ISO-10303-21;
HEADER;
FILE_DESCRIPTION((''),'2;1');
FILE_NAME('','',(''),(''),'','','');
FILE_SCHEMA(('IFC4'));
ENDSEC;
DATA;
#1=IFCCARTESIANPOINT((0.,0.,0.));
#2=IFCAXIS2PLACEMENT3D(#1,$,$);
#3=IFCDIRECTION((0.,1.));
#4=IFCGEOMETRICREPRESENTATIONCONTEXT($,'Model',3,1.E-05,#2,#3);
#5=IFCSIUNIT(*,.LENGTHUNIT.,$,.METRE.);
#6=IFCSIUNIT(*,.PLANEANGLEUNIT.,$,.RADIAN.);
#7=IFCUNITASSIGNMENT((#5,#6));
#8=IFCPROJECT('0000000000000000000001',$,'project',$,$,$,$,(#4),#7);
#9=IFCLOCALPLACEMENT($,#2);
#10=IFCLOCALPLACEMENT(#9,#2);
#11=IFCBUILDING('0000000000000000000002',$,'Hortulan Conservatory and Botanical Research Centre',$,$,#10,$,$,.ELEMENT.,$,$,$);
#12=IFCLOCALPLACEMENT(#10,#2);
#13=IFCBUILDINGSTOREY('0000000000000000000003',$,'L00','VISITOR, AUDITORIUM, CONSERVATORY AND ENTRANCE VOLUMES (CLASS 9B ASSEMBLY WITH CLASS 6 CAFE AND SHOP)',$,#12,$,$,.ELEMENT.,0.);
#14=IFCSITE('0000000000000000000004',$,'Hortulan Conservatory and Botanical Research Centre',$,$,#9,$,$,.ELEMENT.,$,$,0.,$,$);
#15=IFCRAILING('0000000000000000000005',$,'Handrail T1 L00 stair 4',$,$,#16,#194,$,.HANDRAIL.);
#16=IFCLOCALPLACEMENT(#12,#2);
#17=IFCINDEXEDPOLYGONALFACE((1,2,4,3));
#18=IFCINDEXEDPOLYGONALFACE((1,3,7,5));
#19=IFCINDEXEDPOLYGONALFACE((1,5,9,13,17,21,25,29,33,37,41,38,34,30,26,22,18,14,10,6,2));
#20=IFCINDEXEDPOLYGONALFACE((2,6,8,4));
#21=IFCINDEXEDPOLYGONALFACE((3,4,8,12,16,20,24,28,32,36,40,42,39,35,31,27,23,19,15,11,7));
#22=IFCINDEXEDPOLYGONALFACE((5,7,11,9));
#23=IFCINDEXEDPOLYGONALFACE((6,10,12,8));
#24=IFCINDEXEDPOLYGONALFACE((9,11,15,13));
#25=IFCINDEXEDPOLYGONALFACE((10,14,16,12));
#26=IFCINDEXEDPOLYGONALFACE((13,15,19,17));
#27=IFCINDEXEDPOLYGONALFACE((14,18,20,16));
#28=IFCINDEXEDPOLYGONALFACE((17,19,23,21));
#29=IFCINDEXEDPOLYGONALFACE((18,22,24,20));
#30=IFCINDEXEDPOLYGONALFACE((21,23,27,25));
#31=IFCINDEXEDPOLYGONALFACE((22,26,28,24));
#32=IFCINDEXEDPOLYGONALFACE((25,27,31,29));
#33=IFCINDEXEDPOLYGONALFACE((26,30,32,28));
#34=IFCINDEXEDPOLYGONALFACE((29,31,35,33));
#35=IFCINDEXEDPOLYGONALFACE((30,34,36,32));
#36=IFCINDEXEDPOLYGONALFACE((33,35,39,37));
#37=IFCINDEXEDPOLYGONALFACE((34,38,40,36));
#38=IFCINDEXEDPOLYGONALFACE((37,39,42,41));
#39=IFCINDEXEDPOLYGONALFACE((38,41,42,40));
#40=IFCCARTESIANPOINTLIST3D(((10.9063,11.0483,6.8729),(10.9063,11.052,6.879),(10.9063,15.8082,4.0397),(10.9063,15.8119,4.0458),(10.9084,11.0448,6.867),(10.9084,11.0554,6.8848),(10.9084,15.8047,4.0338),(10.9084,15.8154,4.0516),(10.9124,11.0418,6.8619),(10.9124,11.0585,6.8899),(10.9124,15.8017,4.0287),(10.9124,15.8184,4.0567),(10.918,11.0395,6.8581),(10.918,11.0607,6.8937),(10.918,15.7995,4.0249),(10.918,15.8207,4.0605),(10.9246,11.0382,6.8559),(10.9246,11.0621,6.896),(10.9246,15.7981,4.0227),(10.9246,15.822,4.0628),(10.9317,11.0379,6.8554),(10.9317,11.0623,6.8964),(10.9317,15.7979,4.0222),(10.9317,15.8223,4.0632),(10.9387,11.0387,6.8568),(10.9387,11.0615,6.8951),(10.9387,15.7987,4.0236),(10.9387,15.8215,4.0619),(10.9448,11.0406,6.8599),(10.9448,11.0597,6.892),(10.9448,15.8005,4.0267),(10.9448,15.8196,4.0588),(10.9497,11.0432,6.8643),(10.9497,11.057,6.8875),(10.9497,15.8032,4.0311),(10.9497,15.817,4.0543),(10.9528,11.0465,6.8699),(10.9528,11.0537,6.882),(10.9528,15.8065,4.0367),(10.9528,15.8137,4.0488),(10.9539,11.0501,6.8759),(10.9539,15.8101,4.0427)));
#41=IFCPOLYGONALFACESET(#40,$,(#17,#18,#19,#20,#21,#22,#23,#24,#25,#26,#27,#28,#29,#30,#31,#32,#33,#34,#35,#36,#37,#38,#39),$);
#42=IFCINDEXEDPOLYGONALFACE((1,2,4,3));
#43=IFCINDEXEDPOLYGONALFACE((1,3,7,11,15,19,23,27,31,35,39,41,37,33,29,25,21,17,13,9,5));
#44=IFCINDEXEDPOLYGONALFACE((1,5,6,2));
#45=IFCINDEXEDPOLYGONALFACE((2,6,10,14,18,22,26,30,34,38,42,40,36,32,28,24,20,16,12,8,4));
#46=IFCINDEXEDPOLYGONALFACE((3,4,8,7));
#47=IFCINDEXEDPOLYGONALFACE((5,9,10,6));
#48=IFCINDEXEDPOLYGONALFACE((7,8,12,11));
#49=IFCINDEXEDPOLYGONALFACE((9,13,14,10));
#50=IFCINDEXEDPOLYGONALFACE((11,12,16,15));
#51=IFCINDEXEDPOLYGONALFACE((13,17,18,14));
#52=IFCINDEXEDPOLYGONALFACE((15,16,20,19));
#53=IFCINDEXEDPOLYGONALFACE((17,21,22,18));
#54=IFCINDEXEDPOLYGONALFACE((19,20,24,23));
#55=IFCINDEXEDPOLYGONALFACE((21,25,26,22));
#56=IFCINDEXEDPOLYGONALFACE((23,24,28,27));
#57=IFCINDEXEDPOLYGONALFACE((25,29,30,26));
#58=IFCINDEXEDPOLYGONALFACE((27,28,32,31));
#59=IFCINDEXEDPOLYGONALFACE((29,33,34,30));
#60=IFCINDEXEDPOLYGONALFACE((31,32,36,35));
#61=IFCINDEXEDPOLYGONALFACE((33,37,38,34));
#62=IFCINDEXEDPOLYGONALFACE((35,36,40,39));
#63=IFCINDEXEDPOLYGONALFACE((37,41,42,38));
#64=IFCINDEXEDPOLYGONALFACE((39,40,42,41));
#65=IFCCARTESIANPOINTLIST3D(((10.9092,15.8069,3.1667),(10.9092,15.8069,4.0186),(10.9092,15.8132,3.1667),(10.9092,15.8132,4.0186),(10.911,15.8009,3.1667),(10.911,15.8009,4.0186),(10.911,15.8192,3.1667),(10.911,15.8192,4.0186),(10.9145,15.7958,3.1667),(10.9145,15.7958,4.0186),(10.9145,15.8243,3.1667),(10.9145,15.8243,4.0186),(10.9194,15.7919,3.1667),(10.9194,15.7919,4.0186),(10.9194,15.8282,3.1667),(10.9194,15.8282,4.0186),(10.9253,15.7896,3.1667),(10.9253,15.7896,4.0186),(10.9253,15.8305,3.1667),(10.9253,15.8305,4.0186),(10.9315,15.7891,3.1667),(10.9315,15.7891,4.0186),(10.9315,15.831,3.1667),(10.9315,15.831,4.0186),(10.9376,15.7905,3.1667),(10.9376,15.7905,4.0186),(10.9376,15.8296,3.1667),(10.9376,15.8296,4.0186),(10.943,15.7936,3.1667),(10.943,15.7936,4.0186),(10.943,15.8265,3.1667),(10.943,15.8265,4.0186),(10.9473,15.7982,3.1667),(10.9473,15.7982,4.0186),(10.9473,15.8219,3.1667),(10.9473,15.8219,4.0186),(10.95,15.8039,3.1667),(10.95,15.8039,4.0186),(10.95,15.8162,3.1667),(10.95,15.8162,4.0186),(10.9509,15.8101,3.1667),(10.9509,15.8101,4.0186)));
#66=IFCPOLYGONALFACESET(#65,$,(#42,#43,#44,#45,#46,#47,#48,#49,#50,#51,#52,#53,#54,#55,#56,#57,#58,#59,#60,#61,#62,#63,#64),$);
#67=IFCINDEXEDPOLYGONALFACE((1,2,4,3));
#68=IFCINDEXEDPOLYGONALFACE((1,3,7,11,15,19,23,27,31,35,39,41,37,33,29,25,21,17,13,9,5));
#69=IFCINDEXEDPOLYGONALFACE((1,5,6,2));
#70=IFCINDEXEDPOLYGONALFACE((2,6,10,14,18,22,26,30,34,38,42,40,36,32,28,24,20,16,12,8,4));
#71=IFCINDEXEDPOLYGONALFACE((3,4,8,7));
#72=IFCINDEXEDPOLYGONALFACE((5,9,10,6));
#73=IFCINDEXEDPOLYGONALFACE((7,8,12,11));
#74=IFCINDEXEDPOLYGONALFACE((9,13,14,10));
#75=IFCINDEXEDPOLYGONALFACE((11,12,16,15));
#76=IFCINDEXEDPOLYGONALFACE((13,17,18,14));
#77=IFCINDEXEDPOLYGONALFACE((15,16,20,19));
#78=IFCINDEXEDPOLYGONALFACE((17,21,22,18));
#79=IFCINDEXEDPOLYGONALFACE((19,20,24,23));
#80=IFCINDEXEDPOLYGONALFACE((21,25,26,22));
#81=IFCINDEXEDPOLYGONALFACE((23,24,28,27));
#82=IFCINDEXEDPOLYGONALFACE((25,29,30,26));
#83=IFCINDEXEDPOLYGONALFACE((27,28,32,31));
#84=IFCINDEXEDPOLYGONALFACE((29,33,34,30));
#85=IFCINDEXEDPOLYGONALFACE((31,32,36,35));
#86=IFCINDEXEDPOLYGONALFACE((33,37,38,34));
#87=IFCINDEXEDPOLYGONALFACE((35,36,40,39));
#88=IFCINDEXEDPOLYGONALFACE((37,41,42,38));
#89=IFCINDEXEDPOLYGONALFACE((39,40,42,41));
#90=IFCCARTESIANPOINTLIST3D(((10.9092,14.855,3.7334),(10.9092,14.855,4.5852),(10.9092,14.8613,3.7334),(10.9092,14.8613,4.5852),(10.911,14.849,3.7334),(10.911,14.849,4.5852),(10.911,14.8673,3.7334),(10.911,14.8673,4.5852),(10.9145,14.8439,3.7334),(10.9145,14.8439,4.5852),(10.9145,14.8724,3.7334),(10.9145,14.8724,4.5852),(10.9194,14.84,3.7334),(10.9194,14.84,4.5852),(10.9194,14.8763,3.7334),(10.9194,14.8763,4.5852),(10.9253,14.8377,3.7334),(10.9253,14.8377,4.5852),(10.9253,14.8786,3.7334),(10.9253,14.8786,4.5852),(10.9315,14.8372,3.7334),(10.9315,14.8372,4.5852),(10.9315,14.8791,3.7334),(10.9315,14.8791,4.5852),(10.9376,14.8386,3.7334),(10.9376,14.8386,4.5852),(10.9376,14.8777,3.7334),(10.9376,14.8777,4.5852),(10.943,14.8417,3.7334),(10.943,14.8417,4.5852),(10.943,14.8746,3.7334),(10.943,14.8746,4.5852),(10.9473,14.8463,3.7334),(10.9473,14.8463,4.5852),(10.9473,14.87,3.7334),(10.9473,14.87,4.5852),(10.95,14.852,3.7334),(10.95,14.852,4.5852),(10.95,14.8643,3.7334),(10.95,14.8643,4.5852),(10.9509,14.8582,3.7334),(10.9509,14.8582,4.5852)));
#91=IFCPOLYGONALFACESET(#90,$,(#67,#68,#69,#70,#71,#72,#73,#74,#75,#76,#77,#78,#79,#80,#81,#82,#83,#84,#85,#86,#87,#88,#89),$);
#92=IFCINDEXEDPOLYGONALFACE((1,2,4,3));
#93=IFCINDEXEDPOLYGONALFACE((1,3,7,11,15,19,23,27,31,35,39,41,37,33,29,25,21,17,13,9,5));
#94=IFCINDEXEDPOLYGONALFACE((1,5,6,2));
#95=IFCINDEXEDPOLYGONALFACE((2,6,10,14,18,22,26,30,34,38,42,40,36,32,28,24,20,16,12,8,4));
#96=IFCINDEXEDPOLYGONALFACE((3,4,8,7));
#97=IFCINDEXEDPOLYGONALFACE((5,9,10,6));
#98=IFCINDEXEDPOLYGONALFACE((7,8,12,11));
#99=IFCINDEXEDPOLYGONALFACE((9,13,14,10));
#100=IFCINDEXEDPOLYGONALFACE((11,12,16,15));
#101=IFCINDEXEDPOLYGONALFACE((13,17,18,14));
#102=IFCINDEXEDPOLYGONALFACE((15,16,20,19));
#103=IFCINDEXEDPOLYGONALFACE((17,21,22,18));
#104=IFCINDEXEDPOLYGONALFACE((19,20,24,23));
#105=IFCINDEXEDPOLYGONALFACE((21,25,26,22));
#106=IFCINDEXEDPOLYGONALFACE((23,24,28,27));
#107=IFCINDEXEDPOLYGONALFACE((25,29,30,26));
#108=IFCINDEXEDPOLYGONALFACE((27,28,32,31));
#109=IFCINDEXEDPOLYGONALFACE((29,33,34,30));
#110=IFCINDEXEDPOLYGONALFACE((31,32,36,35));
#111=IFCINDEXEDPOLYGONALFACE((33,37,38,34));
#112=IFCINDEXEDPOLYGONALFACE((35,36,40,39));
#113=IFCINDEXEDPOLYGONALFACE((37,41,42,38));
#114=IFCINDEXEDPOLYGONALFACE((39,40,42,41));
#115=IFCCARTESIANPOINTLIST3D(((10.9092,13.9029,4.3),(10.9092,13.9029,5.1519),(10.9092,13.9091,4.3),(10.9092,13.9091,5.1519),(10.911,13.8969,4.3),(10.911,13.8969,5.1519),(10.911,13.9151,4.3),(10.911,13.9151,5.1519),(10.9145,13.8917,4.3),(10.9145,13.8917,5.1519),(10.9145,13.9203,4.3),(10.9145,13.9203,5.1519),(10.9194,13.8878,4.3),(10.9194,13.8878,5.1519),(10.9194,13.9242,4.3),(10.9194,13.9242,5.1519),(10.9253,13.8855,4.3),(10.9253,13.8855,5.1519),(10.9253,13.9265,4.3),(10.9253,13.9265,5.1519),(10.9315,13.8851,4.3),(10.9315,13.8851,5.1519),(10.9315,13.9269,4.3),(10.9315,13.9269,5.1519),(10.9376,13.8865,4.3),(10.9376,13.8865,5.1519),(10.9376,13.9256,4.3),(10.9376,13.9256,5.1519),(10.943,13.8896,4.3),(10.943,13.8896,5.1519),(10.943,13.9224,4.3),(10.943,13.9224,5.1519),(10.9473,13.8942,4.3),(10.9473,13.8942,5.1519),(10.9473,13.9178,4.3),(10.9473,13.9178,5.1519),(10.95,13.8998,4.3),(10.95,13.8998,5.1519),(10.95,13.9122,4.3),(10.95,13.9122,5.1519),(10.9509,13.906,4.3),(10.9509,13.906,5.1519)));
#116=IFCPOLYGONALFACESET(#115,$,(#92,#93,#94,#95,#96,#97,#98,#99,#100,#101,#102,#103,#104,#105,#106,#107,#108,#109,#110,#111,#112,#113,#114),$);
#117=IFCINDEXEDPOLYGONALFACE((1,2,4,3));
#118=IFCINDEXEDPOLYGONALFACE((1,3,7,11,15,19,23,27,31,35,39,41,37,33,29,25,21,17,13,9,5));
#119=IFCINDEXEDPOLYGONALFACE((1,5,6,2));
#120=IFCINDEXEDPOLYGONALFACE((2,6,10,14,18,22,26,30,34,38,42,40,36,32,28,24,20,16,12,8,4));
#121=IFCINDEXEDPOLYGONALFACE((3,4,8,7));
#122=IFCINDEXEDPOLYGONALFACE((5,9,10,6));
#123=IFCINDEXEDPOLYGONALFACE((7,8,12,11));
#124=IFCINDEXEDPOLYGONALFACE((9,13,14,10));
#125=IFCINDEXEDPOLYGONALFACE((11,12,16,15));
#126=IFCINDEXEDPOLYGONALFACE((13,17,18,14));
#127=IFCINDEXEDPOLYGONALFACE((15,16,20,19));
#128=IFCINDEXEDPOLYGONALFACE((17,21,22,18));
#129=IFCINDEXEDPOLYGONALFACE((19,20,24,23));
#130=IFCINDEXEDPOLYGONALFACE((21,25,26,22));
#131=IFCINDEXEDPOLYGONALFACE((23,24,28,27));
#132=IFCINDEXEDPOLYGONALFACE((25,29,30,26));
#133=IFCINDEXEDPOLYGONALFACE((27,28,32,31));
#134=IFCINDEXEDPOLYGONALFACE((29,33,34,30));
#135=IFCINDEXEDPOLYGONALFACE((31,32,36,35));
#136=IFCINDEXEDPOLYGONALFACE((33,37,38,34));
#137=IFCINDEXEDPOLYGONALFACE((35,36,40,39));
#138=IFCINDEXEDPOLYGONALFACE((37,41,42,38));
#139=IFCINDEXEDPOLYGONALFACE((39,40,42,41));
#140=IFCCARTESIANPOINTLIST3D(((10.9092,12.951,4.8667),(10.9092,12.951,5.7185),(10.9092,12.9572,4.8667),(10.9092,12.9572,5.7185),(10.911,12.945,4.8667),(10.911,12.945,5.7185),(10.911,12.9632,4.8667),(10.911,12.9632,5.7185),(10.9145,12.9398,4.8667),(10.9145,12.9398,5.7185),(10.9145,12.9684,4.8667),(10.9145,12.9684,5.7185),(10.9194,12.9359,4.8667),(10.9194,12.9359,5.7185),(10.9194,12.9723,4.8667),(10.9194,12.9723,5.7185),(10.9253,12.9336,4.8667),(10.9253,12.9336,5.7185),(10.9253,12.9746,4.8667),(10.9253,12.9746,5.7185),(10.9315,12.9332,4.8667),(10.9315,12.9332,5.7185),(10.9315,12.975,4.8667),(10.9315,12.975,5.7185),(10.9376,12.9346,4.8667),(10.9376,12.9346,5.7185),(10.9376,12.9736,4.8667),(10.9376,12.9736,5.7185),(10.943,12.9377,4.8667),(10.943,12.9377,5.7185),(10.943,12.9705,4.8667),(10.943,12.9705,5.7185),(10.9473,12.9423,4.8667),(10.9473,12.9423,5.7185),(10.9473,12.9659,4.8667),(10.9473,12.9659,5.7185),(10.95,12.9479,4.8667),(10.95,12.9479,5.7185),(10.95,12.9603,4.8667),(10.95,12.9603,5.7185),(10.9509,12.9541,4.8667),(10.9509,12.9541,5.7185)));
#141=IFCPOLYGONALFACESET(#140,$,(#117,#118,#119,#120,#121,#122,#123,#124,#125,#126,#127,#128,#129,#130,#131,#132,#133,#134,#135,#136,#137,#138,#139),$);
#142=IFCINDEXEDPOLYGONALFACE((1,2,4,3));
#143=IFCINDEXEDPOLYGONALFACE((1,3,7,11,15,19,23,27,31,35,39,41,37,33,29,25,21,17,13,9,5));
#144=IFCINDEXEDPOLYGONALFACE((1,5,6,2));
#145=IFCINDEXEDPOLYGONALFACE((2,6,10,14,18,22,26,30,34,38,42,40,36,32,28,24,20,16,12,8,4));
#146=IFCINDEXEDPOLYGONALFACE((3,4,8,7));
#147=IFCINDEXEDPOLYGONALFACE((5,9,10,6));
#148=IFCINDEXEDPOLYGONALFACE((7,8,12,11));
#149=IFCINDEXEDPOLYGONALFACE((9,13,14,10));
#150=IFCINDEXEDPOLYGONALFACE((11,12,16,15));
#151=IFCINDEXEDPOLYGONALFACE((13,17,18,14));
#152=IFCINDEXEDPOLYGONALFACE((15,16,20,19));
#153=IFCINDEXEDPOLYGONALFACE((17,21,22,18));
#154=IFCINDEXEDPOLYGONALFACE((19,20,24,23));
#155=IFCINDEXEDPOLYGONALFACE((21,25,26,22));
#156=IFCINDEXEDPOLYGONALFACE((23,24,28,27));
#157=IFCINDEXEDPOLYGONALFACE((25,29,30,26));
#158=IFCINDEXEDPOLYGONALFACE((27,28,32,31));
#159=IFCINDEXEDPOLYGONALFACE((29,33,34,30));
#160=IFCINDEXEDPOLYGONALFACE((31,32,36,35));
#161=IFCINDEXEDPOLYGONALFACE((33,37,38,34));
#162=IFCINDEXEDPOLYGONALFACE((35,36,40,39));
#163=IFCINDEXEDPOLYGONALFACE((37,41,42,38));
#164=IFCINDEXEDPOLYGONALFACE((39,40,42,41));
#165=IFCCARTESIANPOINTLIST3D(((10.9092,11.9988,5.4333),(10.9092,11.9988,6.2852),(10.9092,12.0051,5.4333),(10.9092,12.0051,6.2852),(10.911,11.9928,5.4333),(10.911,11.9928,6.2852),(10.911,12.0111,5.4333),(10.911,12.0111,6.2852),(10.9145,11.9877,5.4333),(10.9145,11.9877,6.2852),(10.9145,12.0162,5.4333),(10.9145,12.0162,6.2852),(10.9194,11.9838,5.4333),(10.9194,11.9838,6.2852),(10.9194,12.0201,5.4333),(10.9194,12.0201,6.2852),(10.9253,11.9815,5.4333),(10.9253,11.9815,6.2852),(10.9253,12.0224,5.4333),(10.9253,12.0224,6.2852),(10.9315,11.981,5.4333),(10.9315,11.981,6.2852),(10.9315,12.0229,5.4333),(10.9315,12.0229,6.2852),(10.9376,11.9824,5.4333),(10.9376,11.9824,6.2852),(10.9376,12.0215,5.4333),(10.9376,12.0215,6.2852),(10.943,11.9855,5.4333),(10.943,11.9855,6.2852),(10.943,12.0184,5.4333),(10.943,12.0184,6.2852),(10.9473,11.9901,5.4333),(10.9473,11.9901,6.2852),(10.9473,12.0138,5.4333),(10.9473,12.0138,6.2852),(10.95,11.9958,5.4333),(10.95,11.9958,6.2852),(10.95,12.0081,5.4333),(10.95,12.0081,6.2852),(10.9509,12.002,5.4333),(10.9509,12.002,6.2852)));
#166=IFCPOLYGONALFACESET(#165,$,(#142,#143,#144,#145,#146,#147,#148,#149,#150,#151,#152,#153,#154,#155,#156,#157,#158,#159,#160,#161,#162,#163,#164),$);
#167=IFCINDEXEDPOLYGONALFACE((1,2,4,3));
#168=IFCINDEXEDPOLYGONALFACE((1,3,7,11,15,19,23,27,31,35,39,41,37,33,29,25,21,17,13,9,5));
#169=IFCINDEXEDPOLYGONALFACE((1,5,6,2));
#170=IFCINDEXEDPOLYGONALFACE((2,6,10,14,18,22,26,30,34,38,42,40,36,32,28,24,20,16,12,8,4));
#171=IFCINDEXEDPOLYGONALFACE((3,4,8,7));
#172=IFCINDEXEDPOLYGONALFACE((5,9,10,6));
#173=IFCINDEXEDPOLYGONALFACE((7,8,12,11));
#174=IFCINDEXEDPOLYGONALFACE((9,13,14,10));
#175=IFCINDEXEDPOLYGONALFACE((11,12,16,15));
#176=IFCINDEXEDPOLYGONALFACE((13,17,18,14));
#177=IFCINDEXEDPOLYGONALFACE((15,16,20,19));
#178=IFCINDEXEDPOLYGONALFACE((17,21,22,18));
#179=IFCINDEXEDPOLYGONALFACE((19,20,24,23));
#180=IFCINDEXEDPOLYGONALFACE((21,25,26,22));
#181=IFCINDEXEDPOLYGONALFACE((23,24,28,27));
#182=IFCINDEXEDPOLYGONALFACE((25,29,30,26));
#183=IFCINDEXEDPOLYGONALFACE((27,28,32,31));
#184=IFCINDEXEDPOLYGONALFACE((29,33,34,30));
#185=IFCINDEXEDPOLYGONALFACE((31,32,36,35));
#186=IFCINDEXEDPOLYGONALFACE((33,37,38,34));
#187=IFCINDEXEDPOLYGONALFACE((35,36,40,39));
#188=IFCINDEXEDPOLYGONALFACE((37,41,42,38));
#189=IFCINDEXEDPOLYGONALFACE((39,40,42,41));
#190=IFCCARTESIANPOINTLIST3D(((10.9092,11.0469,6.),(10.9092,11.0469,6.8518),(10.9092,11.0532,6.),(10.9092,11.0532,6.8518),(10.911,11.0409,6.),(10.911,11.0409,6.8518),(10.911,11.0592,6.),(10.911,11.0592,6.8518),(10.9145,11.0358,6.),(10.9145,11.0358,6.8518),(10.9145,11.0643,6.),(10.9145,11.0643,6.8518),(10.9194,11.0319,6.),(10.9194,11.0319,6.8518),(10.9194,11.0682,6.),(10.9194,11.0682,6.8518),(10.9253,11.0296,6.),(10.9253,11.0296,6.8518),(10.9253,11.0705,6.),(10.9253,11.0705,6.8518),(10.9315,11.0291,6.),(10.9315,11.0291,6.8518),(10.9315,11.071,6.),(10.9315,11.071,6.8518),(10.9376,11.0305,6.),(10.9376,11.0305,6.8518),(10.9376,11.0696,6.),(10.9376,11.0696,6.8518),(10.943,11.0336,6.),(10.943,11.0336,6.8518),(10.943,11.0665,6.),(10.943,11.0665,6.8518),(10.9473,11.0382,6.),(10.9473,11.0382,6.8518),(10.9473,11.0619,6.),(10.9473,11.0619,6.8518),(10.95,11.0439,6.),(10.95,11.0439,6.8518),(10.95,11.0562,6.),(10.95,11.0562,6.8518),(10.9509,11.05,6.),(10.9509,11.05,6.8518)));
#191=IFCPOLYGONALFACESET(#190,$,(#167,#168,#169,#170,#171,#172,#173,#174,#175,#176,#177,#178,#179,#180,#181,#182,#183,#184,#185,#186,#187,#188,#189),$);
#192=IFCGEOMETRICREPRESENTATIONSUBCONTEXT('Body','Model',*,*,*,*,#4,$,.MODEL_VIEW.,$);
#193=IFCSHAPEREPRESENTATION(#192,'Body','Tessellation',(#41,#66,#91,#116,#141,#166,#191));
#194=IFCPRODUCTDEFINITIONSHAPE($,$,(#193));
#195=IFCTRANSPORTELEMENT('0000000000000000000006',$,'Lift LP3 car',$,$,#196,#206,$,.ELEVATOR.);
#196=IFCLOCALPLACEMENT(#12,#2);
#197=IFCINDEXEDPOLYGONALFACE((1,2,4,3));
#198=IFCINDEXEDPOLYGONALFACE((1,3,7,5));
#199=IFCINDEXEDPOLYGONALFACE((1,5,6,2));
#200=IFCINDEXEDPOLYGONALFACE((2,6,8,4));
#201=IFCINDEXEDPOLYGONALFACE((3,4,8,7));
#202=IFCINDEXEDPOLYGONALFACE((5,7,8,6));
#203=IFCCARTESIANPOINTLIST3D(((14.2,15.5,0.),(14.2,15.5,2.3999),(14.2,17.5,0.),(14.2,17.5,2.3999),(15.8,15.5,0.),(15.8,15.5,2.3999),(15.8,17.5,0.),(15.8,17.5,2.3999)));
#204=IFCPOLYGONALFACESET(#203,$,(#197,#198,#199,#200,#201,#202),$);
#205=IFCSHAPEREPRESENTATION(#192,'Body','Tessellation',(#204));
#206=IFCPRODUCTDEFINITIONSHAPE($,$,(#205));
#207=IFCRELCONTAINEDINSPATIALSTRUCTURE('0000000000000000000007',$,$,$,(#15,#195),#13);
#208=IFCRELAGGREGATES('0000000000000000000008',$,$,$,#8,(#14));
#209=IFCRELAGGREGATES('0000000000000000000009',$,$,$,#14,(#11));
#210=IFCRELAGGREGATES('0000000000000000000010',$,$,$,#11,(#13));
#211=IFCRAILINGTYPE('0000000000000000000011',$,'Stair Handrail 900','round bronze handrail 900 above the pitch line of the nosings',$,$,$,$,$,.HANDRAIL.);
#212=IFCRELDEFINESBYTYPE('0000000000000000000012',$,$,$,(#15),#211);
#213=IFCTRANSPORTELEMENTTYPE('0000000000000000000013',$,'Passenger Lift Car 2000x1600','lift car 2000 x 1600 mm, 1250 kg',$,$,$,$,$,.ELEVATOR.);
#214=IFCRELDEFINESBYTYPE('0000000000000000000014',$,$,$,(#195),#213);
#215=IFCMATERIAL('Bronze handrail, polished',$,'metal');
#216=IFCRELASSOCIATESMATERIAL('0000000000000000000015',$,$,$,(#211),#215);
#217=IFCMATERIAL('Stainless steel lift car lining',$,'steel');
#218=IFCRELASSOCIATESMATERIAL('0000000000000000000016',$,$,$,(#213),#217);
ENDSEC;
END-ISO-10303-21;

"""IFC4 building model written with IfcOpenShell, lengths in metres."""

from ifc_helpers import new_model, si_unit, direction, frame, origin, origin_2d, place, context, subcontext, project, spatial, rectangle, circle, extrude, material, type_object, element, save


model = new_model("IFC4")

# Units and contexts
model_context = context("Model", 3, precision=1e-05, world=origin(), true_north=direction((0.0, 1.0)))
body_context = subcontext(model_context, "Body", "Model", "MODEL_VIEW")
ifc_project = project(units=[si_unit("LENGTHUNIT", "METRE"), si_unit("PLANEANGLEUNIT", "RADIAN")], contexts=[model_context])

# Site, building, storey
site_placement = place(None, origin())
site = spatial("IfcSite", under=ifc_project, at=site_placement, Name="Hortulan Conservatory and Botanical Research Centre", CompositionType="ELEMENT", RefElevation=0.0)
building_placement = place(site_placement, origin())
building = spatial("IfcBuilding", under=site, at=building_placement, Name="Hortulan Conservatory and Botanical Research Centre", CompositionType="ELEMENT")
storey_placement = place(building_placement, origin())
storey = spatial("IfcBuildingStorey", under=building, at=storey_placement, Name="L00", Description="VISITOR, AUDITORIUM, CONSERVATORY AND ENTRANCE VOLUMES (CLASS 9B ASSEMBLY WITH CLASS 6 CAFE AND SHOP)", CompositionType="ELEMENT", Elevation=0.0)

# Railing
ifc_material_1 = material(Name="Bronze handrail, polished", Category="metal")
railing_type_1 = type_object("IfcRailingType", Name="Stair Handrail 900", Description="round bronze handrail 900 above the pitch line of the nosings", PredefinedType="HANDRAIL", material=ifc_material_1)
railing_1_placement = place(storey_placement, frame((10.9299, 15.8101, 3.1667)))
element("IfcRailing", 1, at=railing_1_placement, inside=storey, type_object=railing_type_1, Name="Handrail T1 L00 stair 4", PredefinedType="HANDRAIL", context=body_context, shape_type="SweptSolid", body=[
    extrude(circle(Radius=0.0239, at=origin_2d()), frame((0.0, 0.0, 0.876), z_axis=(0.0, -0.8593, 0.511472), x_axis=(1.0, 0.0, 0.0)), (0.0, 0.0, 1.0), 5.5393),
    extrude(circle(Radius=0.021, at=origin_2d()), origin(), (0.0, 0.0, 1.0), 0.8518),
    extrude(circle(Radius=0.021, at=origin_2d()), frame((0.0, -0.9519, 0.5667)), (0.0, 0.0, 1.0), 0.8518),
    extrude(circle(Radius=0.021, at=origin_2d()), frame((0.0, -1.9041, 1.1333)), (0.0, 0.0, 1.0), 0.8518),
    extrude(circle(Radius=0.021, at=origin_2d()), frame((0.0, -2.856, 1.7)), (0.0, 0.0, 1.0), 0.8518),
    extrude(circle(Radius=0.021, at=origin_2d()), frame((0.0, -3.8081, 2.2666)), (0.0, 0.0, 1.0), 0.8518),
    extrude(circle(Radius=0.021, at=origin_2d()), frame((0.0, -4.76, 2.8333)), (0.0, 0.0, 1.0), 0.8518),
])

# Transport element
ifc_material_2 = material(Name="Stainless steel lift car lining", Category="steel")
transport_element_type = type_object("IfcTransportElementType", Name="Passenger Lift Car 2000x1600", Description="lift car 2000 x 1600 mm, 1250 kg", PredefinedType="ELEVATOR", material=ifc_material_2)
transport_element_placement = place(storey_placement, frame((15.0, 16.5, 0.0), z_axis=(0.0, 0.0, 1.0), x_axis=(1.0, 0.0, 0.0)))
element("IfcTransportElement", 2, at=transport_element_placement, inside=storey, type_object=transport_element_type, Name="Lift LP3 car", PredefinedType="ELEVATOR", context=body_context, shape_type="SweptSolid", body=[
    extrude(rectangle(XDim=1.6001, YDim=2.0, at=origin_2d()), origin(), (0.0, 0.0, 1.0), 2.3999),
])

save(model, "model.ifc")
